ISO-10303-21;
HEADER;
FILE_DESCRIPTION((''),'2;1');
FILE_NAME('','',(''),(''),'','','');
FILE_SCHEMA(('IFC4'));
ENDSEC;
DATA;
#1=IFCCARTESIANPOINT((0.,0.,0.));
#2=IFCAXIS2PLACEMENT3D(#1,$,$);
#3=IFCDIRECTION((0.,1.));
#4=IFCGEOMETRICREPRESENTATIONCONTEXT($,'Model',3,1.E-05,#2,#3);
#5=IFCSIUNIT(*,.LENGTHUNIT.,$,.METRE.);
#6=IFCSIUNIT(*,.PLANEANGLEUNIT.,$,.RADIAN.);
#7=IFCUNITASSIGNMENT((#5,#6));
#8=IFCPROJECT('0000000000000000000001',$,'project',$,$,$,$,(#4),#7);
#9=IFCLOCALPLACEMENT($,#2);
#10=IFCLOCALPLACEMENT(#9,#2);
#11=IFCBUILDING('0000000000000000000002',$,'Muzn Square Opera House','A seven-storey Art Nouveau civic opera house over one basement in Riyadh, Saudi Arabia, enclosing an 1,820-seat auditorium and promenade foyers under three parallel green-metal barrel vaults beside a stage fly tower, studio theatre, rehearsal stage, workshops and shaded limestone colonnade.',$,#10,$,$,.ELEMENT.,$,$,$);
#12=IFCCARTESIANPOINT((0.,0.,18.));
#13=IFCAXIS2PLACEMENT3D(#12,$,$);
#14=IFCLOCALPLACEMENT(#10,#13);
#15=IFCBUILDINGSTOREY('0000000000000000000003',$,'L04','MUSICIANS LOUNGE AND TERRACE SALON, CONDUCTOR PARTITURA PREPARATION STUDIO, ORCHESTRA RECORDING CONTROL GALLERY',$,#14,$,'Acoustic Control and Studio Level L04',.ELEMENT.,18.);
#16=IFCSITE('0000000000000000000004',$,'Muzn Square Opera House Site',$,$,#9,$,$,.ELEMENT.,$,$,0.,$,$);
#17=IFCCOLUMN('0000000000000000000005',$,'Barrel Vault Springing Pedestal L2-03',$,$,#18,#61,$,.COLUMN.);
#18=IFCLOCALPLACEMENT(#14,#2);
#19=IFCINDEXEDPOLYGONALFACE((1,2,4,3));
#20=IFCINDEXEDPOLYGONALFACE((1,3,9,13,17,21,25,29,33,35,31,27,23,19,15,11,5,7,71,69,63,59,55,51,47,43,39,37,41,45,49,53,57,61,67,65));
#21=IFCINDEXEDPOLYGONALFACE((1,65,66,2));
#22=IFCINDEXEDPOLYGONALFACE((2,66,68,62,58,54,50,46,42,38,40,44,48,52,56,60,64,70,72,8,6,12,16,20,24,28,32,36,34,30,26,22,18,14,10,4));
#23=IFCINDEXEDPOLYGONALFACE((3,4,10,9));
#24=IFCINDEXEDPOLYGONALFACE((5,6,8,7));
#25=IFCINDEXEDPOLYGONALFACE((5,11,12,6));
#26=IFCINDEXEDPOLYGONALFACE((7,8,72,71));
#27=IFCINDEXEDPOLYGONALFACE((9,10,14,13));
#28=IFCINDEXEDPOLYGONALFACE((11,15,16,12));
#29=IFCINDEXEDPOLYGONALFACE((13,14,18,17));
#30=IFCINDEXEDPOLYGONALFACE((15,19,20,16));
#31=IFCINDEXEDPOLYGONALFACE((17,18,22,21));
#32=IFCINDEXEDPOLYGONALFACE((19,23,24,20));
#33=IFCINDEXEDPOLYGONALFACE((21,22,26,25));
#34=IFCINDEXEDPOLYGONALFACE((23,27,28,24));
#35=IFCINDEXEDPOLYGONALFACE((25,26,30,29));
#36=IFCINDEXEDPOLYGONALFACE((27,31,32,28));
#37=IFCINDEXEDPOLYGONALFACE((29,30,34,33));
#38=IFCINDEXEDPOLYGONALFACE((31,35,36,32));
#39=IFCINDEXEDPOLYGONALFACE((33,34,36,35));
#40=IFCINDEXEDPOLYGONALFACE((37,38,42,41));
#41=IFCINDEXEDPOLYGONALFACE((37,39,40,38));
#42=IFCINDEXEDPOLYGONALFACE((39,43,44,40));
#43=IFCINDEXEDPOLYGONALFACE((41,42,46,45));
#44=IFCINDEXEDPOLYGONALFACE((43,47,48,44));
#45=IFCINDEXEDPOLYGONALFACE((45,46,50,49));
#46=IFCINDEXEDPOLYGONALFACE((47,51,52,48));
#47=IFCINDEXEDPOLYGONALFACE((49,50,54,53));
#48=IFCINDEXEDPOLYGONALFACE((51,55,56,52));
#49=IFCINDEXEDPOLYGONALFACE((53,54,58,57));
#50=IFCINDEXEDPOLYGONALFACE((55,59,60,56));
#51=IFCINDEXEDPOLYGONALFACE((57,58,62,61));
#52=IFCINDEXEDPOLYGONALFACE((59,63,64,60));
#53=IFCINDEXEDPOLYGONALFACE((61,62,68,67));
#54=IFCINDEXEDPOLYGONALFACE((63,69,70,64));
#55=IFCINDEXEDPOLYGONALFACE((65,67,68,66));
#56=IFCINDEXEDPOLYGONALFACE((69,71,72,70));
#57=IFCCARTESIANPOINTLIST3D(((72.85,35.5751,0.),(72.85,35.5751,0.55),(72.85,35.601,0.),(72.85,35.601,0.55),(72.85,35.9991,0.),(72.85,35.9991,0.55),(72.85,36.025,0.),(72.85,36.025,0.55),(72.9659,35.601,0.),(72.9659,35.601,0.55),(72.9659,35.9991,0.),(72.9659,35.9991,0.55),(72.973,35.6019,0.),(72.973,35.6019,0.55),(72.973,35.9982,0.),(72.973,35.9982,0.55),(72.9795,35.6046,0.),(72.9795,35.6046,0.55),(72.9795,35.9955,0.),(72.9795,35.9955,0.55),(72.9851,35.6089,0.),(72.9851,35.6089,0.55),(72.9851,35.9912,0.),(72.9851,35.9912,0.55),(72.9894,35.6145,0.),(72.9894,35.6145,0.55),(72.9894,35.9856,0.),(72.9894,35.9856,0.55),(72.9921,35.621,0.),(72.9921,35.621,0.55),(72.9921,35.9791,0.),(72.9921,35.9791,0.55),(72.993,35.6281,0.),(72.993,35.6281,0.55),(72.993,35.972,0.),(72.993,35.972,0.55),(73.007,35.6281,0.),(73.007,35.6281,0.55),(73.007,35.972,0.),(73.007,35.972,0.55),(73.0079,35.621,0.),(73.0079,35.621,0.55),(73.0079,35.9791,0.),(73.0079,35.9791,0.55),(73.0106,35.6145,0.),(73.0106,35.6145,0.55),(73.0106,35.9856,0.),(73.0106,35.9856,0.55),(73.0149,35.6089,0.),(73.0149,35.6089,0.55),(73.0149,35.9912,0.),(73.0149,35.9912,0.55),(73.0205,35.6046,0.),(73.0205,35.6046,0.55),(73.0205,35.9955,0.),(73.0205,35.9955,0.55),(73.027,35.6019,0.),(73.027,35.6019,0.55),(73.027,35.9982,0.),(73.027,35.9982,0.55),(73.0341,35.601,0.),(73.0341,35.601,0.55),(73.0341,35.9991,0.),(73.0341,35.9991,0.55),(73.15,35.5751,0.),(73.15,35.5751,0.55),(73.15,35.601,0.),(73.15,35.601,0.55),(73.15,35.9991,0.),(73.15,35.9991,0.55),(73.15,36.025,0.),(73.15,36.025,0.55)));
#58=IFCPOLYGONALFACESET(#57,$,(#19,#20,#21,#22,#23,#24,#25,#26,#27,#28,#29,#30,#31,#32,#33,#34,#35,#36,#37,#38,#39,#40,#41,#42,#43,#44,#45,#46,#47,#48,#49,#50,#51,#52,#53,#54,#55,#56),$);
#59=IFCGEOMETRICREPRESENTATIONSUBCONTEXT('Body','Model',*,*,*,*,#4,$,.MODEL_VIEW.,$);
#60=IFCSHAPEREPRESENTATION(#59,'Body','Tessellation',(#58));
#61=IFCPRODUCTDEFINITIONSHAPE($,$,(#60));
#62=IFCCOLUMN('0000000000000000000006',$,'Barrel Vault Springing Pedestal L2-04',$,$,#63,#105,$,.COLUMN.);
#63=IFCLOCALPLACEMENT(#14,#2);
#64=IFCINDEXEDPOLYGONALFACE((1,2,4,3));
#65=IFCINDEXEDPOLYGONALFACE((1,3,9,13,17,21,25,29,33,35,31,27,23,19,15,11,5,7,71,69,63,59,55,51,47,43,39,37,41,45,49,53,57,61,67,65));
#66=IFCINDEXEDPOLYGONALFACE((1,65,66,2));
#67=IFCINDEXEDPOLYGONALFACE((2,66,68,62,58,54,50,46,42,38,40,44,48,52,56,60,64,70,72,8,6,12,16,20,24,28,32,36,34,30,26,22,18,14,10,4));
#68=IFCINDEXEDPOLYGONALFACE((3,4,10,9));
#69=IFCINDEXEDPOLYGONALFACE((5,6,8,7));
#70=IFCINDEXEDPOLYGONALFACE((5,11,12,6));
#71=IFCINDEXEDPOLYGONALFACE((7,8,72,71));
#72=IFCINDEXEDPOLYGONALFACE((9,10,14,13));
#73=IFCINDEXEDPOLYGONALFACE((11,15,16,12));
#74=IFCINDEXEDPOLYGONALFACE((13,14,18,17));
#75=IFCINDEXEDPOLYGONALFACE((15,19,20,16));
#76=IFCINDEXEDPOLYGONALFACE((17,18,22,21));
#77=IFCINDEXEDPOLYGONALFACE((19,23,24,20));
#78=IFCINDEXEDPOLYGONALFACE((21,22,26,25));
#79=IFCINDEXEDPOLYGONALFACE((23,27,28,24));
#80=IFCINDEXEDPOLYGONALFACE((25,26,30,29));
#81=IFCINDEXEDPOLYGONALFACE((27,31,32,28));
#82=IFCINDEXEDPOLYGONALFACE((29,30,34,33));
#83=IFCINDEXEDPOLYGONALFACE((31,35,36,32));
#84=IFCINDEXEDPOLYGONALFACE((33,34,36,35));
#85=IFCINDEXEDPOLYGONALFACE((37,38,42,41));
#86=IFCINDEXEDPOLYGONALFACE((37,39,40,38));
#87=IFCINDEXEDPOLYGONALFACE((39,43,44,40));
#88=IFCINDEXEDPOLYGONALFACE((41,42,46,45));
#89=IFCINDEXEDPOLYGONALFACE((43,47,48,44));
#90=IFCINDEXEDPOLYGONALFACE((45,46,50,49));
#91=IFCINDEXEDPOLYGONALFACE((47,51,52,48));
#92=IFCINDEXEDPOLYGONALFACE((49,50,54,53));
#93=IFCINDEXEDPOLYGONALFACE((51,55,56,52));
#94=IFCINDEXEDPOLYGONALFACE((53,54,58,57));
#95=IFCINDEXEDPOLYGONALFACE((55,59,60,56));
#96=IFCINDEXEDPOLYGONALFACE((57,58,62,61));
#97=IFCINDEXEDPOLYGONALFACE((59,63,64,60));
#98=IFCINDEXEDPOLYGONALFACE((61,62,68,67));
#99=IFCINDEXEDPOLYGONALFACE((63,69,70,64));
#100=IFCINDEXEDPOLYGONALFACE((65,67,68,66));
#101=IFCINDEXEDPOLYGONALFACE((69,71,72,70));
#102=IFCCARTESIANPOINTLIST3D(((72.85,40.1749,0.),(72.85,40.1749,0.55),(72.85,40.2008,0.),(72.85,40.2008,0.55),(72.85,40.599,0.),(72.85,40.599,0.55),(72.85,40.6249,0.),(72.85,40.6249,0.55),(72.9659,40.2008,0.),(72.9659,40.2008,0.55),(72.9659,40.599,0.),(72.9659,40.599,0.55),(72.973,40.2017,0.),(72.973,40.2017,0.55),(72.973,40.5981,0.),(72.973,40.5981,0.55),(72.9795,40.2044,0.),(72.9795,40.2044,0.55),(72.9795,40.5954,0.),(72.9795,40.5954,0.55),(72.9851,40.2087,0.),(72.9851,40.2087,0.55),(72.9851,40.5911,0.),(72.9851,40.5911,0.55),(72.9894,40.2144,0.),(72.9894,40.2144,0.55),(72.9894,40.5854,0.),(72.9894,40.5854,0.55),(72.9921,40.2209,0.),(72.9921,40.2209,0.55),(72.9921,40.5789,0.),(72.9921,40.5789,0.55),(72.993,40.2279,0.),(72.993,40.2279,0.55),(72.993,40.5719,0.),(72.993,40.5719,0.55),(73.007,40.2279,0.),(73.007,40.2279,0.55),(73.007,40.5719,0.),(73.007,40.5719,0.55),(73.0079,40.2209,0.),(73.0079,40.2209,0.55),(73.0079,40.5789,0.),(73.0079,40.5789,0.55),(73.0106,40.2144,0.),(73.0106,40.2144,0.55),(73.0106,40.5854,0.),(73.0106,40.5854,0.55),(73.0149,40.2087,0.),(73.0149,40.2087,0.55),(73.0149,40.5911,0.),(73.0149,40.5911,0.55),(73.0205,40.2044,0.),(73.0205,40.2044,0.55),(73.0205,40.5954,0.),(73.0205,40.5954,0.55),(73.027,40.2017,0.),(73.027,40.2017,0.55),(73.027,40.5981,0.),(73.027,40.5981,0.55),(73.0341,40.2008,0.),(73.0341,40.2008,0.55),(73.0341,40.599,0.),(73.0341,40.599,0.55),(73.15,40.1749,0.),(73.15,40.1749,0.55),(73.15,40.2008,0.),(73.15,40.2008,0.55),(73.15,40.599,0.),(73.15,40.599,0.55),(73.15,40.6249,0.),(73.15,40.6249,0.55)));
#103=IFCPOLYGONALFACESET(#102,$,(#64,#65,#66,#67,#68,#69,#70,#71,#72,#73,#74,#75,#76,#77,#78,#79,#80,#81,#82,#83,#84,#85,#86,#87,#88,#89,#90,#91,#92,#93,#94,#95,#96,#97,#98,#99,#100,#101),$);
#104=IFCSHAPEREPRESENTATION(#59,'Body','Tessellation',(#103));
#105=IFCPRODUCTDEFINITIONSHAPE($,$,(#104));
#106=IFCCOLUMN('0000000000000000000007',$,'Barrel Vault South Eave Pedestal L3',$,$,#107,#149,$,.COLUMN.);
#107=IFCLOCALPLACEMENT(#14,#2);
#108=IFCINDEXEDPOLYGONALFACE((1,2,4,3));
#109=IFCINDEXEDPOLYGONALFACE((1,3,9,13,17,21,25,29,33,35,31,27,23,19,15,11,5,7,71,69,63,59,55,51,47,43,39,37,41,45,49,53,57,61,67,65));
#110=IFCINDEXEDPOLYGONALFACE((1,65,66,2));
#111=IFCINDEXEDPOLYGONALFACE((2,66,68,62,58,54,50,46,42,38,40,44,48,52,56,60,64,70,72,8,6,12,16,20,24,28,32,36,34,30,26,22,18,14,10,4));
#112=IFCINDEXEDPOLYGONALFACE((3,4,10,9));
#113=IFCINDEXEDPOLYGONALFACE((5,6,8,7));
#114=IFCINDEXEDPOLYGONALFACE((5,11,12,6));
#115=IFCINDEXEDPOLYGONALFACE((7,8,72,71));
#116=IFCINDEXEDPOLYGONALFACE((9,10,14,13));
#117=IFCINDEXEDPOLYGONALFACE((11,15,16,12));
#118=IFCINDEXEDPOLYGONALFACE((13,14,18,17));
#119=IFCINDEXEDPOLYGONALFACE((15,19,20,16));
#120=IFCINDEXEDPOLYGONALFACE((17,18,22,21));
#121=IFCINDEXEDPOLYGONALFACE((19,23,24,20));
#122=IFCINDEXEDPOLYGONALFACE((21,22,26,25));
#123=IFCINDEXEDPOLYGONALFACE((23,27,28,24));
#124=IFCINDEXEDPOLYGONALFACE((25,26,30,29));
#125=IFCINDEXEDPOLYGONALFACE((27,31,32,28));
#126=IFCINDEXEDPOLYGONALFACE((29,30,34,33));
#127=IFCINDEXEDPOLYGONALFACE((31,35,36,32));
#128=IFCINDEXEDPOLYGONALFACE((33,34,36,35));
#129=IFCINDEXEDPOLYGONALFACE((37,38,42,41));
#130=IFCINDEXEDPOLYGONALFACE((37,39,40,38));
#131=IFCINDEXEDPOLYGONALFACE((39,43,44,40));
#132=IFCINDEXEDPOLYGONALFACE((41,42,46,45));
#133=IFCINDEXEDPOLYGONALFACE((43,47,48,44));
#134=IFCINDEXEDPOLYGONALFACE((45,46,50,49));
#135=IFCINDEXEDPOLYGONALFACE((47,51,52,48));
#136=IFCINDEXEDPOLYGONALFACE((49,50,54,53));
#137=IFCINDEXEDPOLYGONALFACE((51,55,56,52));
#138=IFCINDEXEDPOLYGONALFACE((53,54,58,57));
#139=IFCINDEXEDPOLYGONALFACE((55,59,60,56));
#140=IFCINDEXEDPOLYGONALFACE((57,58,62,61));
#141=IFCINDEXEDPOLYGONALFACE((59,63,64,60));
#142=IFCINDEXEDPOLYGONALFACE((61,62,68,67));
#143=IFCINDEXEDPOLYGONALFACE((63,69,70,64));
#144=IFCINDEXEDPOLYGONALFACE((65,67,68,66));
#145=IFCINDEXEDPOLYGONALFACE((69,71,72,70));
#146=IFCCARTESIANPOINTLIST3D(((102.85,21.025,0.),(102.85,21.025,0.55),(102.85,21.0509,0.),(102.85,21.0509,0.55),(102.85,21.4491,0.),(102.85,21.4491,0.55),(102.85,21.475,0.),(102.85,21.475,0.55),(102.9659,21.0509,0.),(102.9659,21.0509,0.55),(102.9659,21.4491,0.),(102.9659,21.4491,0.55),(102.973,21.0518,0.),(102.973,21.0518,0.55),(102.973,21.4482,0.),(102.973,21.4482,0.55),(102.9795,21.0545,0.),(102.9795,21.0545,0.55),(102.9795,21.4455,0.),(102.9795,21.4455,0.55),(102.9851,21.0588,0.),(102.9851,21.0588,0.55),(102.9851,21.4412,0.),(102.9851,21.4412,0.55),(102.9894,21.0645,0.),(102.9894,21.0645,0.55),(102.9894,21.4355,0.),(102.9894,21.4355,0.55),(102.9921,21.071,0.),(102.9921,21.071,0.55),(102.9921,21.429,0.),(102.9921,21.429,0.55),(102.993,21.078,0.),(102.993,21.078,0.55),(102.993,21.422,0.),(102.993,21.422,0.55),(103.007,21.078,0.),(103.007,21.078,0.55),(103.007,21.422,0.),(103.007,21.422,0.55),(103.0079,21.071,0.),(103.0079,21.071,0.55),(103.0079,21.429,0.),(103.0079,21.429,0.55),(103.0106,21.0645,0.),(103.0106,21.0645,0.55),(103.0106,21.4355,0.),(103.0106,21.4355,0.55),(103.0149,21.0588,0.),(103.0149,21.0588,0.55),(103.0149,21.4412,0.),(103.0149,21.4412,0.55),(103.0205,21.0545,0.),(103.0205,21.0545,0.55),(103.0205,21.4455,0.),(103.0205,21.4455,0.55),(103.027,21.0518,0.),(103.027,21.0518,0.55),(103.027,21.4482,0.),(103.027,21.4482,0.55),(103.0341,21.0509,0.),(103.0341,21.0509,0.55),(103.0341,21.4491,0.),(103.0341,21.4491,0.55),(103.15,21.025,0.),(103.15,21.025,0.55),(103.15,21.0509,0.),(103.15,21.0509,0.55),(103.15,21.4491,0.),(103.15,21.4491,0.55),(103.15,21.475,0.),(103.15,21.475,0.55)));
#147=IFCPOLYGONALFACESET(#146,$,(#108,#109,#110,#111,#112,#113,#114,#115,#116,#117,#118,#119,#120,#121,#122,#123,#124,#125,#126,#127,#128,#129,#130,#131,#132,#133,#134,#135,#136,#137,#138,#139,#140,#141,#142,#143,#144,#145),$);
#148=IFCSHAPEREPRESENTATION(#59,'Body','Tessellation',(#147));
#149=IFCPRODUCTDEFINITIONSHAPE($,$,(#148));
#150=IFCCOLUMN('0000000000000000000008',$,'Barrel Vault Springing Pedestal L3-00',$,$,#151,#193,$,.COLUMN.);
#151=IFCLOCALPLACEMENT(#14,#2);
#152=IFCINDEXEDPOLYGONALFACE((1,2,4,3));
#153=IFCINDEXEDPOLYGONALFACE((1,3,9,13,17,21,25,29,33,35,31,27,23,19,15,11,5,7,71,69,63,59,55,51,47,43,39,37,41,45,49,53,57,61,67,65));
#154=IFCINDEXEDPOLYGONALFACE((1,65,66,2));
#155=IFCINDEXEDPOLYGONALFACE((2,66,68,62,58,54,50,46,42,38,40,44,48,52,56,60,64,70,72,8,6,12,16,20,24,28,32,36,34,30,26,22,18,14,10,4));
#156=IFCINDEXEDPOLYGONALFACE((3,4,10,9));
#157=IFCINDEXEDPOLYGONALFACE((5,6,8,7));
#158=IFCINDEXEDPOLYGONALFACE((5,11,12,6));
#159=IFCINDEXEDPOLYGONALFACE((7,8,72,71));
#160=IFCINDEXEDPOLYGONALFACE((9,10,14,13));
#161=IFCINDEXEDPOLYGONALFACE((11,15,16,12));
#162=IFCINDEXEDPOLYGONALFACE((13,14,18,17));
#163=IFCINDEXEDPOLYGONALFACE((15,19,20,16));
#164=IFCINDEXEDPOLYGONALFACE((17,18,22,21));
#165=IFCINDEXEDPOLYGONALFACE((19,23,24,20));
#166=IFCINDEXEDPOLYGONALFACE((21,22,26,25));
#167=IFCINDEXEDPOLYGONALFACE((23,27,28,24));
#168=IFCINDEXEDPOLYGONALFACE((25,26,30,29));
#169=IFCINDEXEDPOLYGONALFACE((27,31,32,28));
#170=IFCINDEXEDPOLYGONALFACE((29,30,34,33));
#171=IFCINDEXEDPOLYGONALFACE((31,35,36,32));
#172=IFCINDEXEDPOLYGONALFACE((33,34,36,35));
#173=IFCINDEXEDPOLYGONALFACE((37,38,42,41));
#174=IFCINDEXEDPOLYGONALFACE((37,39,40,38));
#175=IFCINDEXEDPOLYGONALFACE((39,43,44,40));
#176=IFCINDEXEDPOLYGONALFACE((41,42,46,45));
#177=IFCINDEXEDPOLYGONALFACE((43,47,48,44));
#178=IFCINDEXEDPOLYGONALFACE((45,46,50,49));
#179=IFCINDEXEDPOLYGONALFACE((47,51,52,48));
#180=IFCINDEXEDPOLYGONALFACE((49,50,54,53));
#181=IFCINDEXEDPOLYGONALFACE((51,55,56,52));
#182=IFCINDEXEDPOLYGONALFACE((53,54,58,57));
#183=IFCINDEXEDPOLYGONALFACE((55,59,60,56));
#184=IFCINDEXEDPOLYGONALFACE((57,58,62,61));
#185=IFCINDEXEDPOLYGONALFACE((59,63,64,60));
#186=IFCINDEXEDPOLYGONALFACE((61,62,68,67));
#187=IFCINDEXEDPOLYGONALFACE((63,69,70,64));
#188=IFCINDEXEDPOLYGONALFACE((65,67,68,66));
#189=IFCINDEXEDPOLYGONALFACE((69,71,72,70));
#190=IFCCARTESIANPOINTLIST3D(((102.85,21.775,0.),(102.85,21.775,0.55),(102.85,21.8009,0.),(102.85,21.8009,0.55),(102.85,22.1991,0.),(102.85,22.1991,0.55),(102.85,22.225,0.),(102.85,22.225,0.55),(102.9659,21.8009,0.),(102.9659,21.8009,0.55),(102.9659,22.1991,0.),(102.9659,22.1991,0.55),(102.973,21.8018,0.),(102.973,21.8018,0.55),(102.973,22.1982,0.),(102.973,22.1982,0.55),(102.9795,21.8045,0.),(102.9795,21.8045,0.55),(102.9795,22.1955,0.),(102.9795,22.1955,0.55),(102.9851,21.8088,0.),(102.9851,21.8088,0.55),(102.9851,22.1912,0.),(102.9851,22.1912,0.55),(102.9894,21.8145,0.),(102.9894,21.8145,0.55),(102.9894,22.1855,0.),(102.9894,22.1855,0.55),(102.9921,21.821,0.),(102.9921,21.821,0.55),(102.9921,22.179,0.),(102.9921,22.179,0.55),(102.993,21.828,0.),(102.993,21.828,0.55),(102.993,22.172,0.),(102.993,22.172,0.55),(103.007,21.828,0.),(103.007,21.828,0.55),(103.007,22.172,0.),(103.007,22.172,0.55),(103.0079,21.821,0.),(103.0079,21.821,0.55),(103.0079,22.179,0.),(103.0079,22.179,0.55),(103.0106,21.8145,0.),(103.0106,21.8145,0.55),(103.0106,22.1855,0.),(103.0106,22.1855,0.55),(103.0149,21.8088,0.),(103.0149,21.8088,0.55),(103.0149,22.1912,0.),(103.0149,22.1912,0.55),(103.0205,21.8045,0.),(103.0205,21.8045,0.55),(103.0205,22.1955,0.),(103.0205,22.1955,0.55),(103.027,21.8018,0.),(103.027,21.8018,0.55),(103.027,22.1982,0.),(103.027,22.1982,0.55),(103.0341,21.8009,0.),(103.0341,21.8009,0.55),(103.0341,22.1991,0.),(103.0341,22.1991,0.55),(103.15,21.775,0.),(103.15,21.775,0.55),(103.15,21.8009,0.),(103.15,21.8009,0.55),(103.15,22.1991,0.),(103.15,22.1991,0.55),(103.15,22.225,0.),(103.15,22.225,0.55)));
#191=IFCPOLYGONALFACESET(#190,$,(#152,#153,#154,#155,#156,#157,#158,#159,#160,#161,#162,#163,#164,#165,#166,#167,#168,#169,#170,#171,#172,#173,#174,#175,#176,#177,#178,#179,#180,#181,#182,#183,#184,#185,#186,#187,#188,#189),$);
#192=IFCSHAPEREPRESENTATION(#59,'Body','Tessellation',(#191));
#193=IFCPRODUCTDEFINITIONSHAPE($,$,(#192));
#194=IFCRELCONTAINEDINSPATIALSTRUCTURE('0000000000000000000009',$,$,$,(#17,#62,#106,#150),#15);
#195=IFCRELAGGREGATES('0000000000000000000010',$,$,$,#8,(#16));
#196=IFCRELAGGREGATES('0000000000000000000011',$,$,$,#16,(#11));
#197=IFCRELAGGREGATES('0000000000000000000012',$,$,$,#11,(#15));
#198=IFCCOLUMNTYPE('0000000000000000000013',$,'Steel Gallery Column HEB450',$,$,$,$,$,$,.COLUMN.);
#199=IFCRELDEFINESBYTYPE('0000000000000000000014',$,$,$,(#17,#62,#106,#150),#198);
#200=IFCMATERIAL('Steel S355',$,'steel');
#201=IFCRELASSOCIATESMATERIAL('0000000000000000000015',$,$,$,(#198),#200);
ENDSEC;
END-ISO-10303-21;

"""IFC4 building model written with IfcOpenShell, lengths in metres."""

from ifc_helpers import new_model, si_unit, direction, frame, origin, origin_2d, place, context, subcontext, project, spatial, i_section, extrude, material, material_profile, profile_set, type_object, element, save


model = new_model("IFC4")

# Units and contexts
model_context = context("Model", 3, precision=1e-05, world=origin(), true_north=direction((0.0, 1.0)))
body_context = subcontext(model_context, "Body", "Model", "MODEL_VIEW")
ifc_project = project(units=[si_unit("LENGTHUNIT", "METRE"), si_unit("PLANEANGLEUNIT", "RADIAN")], contexts=[model_context])

# Site, building, storey
site_placement = place(None, origin())
site = spatial("IfcSite", under=ifc_project, at=site_placement, Name="Muzn Square Opera House Site", CompositionType="ELEMENT", RefElevation=0.0)
building_placement = place(site_placement, origin())
building = spatial("IfcBuilding", under=site, at=building_placement, Name="Muzn Square Opera House", Description="A seven-storey Art Nouveau civic opera house over one basement in Riyadh, Saudi Arabia, enclosing an 1,820-seat auditorium and promenade foyers under three parallel green-metal barrel vaults beside a stage fly tower, studio theatre, rehearsal stage, workshops and shaded limestone colonnade.", CompositionType="ELEMENT")
storey_placement = place(building_placement, frame((0.0, 0.0, 18.0)))
storey = spatial("IfcBuildingStorey", under=building, at=storey_placement, Name="L04", Description="MUSICIANS LOUNGE AND TERRACE SALON, CONDUCTOR PARTITURA PREPARATION STUDIO, ORCHESTRA RECORDING CONTROL GALLERY", LongName="Acoustic Control and Studio Level L04", CompositionType="ELEMENT", Elevation=18.0)

# Columns
ifc_material = material(Name="Steel S355", Category="steel")
ifc_material_profile_1 = material_profile(ifc_material, i_section(OverallWidth=0.3, OverallDepth=0.45, WebThickness=0.0139, FlangeThickness=0.0259, FilletRadius=0.0271, at=origin_2d()), Name="HEB 450", Category="steel")
ifc_profile_set_1 = profile_set([ifc_material_profile_1], Name="Steel S355")
column_type = type_object("IfcColumnType", Name="Steel Gallery Column HEB450", PredefinedType="COLUMN", material=ifc_profile_set_1)
for number, where, z_axis, x_axis, name in (
    (1, (73.0, 35.8, 0.0), (0.0, 0.0, 1.0), (1.0, 0.0, 0.0), "Barrel Vault Springing Pedestal L2-03"),
    (2, (73.0, 40.3999, 0.0), (0.0, 0.0, 1.0), (1.0, 0.0, 0.0), "Barrel Vault Springing Pedestal L2-04"),
    (3, (103.0, 21.25, 0.0), (0.0, 0.0, 1.0), (1.0, 0.0, 0.0), "Barrel Vault South Eave Pedestal L3"),
    (4, (103.0, 22.0, 0.0), (0.0, 0.0, 1.0), (1.0, 0.0, 0.0), "Barrel Vault Springing Pedestal L3-00"),
):
    element("IfcColumn", number, at=place(storey_placement, frame(where, z_axis=z_axis, x_axis=x_axis)), inside=storey, type_object=column_type, Name=name, PredefinedType="COLUMN", context=body_context, shape_type="SweptSolid", body=[
        extrude(i_section(OverallWidth=0.3, OverallDepth=0.45, WebThickness=0.0139, FlangeThickness=0.0259, FilletRadius=0.0271, at=origin_2d()), origin(), (0.0, 0.0, 1.0), 0.55),
    ])

save(model, "model.ifc")
